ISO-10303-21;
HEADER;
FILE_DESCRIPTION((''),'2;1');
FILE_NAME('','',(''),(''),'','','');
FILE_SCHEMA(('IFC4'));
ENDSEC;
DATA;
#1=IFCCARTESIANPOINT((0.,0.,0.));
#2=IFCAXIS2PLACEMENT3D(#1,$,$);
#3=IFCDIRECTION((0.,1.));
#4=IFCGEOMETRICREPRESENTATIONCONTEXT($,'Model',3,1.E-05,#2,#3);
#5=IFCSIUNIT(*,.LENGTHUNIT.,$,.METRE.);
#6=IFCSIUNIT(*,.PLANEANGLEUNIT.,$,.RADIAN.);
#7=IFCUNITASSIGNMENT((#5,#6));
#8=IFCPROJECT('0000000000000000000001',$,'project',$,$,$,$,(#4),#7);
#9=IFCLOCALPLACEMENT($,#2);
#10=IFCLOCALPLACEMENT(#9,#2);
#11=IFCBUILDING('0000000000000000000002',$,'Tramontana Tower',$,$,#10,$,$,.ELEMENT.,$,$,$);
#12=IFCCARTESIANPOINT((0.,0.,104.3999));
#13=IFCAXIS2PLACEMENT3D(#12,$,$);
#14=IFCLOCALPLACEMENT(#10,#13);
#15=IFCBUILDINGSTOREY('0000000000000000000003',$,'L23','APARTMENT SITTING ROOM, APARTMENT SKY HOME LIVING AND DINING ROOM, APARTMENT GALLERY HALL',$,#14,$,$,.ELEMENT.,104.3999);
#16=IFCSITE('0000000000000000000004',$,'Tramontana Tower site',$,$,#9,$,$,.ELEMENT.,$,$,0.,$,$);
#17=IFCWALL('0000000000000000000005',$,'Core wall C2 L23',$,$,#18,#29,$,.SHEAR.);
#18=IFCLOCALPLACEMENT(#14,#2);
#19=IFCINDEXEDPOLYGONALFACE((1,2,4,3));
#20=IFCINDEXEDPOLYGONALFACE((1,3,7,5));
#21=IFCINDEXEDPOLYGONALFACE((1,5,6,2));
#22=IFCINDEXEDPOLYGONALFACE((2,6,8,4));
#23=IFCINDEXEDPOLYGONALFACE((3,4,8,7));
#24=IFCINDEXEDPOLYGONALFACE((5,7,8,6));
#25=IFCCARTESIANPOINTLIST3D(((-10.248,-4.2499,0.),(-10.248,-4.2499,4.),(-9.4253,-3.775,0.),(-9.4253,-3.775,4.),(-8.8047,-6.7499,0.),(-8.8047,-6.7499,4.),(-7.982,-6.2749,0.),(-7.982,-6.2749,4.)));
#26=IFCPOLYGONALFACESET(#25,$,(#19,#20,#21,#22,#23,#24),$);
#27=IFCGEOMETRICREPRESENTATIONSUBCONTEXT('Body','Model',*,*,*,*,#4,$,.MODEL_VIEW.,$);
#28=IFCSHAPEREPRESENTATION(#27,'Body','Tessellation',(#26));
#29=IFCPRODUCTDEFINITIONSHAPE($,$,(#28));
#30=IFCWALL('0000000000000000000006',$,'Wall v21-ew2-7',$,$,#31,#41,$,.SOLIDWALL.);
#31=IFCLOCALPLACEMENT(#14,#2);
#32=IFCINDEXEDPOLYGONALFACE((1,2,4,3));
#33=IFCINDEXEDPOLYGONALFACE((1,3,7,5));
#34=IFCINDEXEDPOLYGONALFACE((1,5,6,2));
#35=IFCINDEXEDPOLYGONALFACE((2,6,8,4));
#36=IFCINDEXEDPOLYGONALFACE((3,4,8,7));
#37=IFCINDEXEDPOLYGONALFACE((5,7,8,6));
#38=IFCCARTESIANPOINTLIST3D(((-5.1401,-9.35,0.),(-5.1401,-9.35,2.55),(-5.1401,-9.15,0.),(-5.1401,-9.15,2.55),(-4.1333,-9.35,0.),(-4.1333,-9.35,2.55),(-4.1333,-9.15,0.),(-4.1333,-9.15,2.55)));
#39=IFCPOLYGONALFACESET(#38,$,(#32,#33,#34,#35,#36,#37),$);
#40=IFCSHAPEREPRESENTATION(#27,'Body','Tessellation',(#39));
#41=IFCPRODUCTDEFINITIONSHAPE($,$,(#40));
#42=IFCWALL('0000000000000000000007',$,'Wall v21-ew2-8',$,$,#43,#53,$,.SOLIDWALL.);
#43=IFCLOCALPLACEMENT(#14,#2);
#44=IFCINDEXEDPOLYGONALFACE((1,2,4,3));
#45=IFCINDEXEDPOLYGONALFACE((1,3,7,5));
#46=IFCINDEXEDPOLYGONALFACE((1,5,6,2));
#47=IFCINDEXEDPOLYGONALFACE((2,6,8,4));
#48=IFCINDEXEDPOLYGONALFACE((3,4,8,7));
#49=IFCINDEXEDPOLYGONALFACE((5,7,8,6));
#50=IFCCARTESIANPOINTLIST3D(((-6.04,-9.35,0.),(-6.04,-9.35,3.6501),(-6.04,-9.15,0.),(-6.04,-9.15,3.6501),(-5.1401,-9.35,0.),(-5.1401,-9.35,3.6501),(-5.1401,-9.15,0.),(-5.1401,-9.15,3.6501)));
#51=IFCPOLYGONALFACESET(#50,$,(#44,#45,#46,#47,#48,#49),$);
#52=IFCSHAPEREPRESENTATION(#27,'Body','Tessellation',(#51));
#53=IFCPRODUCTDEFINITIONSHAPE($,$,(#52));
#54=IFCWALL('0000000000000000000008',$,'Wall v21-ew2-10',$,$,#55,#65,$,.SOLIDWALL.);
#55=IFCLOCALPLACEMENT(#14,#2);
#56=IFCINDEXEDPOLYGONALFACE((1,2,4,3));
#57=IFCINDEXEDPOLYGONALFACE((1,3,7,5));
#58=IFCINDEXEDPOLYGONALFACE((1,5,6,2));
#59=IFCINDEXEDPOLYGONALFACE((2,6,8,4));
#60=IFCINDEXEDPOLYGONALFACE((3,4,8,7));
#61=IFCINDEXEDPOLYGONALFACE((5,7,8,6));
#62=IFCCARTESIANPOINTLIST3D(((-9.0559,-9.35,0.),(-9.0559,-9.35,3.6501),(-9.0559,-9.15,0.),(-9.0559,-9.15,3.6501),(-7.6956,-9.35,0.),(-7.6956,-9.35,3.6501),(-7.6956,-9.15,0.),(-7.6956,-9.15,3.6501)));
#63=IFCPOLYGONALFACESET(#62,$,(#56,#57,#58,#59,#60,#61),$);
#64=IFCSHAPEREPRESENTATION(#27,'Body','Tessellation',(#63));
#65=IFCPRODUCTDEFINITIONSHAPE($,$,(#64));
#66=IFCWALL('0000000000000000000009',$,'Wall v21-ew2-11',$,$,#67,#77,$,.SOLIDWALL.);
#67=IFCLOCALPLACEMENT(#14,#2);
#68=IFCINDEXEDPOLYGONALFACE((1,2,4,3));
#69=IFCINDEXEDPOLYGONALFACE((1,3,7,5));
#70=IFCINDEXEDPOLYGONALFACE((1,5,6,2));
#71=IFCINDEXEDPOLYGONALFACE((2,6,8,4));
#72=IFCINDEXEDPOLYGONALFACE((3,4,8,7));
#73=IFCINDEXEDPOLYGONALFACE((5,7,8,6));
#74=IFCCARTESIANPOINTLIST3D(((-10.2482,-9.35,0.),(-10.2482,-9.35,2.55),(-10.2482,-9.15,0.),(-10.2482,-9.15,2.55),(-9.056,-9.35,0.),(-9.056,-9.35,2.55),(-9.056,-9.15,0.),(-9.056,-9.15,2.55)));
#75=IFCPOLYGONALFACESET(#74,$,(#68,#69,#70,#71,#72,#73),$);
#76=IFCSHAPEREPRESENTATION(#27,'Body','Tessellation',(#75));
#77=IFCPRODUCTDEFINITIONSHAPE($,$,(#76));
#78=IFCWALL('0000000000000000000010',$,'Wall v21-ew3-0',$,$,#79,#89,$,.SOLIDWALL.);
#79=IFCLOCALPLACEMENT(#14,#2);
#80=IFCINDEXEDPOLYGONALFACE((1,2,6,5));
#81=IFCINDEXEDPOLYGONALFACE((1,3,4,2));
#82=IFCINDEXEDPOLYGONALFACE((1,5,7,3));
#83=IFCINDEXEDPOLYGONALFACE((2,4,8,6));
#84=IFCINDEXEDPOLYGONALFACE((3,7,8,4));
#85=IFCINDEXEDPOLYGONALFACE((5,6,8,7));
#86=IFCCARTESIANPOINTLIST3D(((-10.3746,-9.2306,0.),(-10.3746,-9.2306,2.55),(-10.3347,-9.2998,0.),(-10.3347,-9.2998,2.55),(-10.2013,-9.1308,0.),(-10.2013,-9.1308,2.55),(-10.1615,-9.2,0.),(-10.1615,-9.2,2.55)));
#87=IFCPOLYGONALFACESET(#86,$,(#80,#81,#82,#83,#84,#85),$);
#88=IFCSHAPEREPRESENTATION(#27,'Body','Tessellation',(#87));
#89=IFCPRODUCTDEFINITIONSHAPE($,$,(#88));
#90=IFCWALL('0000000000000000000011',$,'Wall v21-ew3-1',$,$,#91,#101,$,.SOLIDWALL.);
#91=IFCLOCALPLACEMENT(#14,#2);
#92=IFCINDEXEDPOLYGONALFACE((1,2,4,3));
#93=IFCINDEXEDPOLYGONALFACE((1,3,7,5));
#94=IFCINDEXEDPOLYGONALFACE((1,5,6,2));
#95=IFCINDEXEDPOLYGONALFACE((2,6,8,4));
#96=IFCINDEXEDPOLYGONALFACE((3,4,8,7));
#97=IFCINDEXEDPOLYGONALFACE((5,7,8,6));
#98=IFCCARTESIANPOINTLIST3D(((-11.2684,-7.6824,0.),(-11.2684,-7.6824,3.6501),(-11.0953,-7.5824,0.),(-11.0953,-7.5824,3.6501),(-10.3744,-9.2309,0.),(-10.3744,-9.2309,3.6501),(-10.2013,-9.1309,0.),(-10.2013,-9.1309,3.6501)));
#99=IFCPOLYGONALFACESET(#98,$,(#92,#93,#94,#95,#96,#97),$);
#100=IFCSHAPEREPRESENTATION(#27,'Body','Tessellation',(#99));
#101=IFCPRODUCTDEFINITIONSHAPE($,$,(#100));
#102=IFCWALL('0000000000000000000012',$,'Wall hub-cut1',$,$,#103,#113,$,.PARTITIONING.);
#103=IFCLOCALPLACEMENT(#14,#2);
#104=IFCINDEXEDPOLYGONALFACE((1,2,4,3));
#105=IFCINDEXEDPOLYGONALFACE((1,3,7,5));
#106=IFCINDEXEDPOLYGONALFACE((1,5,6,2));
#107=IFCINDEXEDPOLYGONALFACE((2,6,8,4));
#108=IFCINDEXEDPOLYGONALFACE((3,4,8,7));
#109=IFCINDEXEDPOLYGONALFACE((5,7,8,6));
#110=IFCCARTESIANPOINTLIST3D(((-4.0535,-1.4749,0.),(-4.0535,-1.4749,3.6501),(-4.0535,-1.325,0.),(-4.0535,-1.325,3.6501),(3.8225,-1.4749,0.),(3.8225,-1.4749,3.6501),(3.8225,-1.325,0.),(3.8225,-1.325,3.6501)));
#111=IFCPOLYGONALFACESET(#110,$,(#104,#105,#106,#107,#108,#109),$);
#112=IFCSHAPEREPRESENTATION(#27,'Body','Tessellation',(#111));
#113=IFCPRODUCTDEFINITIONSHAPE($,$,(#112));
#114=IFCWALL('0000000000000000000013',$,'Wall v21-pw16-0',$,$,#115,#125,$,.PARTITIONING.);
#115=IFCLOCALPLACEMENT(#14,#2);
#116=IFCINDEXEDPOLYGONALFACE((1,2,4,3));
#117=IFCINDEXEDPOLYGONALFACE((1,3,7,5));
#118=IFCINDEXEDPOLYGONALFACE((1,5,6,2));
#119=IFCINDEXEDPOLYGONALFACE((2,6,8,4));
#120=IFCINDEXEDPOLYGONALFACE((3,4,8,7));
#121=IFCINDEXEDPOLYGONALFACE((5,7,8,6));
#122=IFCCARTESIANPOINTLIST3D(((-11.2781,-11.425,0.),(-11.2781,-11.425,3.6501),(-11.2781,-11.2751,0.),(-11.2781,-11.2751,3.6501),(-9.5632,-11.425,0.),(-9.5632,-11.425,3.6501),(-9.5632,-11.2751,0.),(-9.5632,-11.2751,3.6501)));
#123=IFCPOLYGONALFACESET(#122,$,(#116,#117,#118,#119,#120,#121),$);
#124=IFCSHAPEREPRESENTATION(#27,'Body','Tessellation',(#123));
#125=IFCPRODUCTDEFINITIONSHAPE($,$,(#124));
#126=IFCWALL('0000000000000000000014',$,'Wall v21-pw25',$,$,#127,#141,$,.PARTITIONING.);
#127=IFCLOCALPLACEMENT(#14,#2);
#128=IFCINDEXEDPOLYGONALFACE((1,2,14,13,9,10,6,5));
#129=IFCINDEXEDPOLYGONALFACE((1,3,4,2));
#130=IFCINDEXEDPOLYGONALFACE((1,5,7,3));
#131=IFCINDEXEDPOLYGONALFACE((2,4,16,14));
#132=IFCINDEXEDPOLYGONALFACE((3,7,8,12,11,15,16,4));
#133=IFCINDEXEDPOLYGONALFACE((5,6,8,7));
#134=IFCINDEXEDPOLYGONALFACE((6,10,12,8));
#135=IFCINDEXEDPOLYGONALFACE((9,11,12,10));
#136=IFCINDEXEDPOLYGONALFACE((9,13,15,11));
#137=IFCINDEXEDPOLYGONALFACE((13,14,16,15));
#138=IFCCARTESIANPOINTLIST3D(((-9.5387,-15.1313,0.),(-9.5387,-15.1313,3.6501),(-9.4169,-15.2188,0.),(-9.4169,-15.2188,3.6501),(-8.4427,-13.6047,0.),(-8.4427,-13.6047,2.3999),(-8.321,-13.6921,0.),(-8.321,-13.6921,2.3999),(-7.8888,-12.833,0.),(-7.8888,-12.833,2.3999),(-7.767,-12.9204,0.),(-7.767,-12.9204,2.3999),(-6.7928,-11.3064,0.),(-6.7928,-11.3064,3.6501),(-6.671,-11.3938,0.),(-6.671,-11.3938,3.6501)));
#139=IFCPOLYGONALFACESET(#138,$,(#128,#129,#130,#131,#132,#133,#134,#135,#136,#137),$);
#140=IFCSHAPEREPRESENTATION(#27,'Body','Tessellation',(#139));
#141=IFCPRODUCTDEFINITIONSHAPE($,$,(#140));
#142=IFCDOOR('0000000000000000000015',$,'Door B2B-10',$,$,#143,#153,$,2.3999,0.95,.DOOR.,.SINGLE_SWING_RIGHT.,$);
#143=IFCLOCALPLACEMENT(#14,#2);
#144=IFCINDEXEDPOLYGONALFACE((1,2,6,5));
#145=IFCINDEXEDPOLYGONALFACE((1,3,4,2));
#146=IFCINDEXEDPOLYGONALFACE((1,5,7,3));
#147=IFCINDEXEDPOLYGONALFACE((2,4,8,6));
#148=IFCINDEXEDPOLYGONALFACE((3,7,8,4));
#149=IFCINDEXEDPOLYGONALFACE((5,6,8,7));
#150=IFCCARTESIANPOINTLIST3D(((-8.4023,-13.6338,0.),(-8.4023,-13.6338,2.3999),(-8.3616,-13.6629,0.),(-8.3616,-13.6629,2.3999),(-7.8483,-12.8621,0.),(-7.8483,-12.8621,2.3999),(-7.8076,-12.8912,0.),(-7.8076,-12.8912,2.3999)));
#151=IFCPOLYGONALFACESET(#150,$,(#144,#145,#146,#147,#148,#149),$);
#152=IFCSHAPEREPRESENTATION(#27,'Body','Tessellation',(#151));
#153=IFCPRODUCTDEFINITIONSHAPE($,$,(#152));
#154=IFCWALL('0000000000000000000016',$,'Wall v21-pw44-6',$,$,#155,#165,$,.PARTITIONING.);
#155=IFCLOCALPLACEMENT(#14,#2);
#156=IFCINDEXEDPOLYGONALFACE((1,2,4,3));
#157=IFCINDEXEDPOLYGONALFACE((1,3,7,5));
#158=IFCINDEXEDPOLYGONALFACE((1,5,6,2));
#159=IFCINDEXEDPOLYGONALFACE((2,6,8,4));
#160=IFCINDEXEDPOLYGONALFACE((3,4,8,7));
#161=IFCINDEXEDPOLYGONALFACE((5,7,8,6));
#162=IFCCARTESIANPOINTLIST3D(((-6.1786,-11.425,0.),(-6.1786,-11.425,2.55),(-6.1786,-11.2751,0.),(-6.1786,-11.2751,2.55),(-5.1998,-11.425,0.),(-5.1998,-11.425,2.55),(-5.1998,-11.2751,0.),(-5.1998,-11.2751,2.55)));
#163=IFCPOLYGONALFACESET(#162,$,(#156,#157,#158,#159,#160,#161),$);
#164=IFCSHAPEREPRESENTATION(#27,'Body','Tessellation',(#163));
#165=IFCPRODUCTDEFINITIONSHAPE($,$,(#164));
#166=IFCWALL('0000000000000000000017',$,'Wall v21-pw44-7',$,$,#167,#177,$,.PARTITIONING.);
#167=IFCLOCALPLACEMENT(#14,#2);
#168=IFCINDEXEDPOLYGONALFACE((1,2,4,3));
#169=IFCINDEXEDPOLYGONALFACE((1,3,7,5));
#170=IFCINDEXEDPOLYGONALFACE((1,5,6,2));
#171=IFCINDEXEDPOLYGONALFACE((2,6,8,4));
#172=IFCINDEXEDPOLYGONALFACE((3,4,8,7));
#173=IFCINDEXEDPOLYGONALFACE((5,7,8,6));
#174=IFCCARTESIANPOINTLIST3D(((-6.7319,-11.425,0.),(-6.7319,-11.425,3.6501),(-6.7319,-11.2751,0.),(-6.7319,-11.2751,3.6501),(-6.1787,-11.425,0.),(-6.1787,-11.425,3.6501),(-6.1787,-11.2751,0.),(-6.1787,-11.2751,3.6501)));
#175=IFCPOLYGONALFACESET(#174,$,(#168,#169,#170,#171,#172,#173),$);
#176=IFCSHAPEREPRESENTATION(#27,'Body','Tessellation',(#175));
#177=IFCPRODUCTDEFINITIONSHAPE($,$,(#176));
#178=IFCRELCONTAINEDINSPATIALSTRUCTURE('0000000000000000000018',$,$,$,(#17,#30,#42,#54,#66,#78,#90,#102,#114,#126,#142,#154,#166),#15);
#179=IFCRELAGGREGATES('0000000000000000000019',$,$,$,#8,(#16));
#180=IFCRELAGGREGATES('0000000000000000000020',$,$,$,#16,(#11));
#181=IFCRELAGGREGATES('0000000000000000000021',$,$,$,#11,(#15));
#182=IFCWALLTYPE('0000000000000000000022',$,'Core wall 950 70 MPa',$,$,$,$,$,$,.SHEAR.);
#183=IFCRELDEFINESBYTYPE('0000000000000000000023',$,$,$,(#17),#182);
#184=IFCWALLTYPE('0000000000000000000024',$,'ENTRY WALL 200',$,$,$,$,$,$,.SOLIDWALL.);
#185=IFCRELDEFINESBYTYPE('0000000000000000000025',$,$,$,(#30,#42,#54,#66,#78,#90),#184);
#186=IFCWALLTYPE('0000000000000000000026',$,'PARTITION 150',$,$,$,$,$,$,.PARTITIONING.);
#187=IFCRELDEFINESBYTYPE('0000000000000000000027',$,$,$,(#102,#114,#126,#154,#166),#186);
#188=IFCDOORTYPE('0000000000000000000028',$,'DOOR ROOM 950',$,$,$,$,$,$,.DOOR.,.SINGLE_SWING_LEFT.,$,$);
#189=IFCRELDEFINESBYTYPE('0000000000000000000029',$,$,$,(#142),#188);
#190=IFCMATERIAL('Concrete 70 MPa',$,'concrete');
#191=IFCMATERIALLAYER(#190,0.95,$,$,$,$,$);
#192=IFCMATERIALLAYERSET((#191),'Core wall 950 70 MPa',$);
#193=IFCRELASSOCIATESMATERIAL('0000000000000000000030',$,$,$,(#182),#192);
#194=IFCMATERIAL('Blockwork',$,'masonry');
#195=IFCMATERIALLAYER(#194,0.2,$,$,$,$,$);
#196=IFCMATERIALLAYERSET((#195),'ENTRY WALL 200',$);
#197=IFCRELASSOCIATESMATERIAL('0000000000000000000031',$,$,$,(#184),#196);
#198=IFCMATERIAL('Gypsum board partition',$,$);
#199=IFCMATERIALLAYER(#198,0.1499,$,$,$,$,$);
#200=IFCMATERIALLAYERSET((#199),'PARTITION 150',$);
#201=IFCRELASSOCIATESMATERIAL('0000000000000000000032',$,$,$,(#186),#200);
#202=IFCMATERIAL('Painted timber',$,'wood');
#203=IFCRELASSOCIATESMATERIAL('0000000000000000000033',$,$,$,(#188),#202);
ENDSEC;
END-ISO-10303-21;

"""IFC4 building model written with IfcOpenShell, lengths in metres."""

from ifc_helpers import new_model, si_unit, direction, frame, frame_2d, origin, place, context, subcontext, project, spatial, rectangle, extrude, material, layer, layer_set, type_object, element, fill, save


model = new_model("IFC4")

# Units and contexts
model_context = context("Model", 3, precision=1e-05, world=origin(), true_north=direction((0.0, 1.0)))
body_context = subcontext(model_context, "Body", "Model", "MODEL_VIEW")
ifc_project = project(units=[si_unit("LENGTHUNIT", "METRE"), si_unit("PLANEANGLEUNIT", "RADIAN")], contexts=[model_context])

# Site, building, storey
site_placement = place(None, origin())
site = spatial("IfcSite", under=ifc_project, at=site_placement, Name="Tramontana Tower site", CompositionType="ELEMENT", RefElevation=0.0)
building_placement = place(site_placement, origin())
building = spatial("IfcBuilding", under=site, at=building_placement, Name="Tramontana Tower", CompositionType="ELEMENT")
storey_placement = place(building_placement, frame((0.0, 0.0, 104.3999)))
storey = spatial("IfcBuildingStorey", under=building, at=storey_placement, Name="L23", Description="APARTMENT SITTING ROOM, APARTMENT SKY HOME LIVING AND DINING ROOM, APARTMENT GALLERY HALL", CompositionType="ELEMENT", Elevation=104.3999)

# Wall
ifc_material_1 = material(Name="Concrete 70 MPa", Category="concrete")
ifc_layer_1 = layer(ifc_material_1, 0.95)
ifc_layer_set_1 = layer_set([ifc_layer_1], Name="Core wall 950 70 MPa")
wall_type_1 = type_object("IfcWallType", Name="Core wall 950 70 MPa", PredefinedType="SHEAR", material=ifc_layer_set_1)
wall_1_placement = place(storey_placement, frame((-9.8367, -4.0125, 0.0), z_axis=(0.0, 0.0, 1.0), x_axis=(0.499996, -0.866028, 0.0)))
element("IfcWall", 1, at=wall_1_placement, inside=storey, type_object=wall_type_1, Name="Core wall C2 L23", PredefinedType="SHEAR", context=body_context, shape_type="SweptSolid", body=[
    extrude(rectangle(XDim=2.8867, YDim=0.95, at=frame_2d((1.4434, 0.0))), origin(), (0.0, 0.0, 1.0), 4.0),
])

# Walls
ifc_material_2 = material(Name="Blockwork", Category="masonry")
ifc_layer_2 = layer(ifc_material_2, 0.2)
ifc_layer_set_2 = layer_set([ifc_layer_2], Name="ENTRY WALL 200")
wall_type_2 = type_object("IfcWallType", Name="ENTRY WALL 200", PredefinedType="SOLIDWALL", material=ifc_layer_set_2)
wall_2_placement = place(storey_placement, frame((-4.1333, -9.25, 0.0), z_axis=(0.0, 0.0, 1.0), x_axis=(-1.0, 0.0, 0.0)))
element("IfcWall", 2, at=wall_2_placement, inside=storey, type_object=wall_type_2, Name="Wall v21-ew2-7", PredefinedType="SOLIDWALL", context=body_context, shape_type="SweptSolid", body=[
    extrude(rectangle(XDim=1.0068, YDim=0.2, at=frame_2d((0.5034, 0.0))), origin(), (0.0, 0.0, 1.0), 2.55),
])
wall_3_placement = place(storey_placement, frame((-5.1401, -9.25, 0.0), z_axis=(0.0, 0.0, 1.0), x_axis=(-1.0, 0.0, 0.0)))
element("IfcWall", 3, at=wall_3_placement, inside=storey, type_object=wall_type_2, Name="Wall v21-ew2-8", PredefinedType="SOLIDWALL", context=body_context, shape_type="SweptSolid", body=[
    extrude(rectangle(XDim=0.8999, YDim=0.2, at=frame_2d((0.45, 0.0))), origin(), (0.0, 0.0, 1.0), 3.6501),
])

# Walls
wall_4_placement = place(storey_placement, frame((-7.6956, -9.25, 0.0), z_axis=(0.0, 0.0, 1.0), x_axis=(-1.0, 0.0, 0.0)))
element("IfcWall", 4, at=wall_4_placement, inside=storey, type_object=wall_type_2, Name="Wall v21-ew2-10", PredefinedType="SOLIDWALL", context=body_context, shape_type="SweptSolid", body=[
    extrude(rectangle(XDim=1.3604, YDim=0.2, at=frame_2d((0.6802, 0.0))), origin(), (0.0, 0.0, 1.0), 3.6501),
])
wall_5_placement = place(storey_placement, frame((-9.0559, -9.25, 0.0), z_axis=(0.0, 0.0, 1.0), x_axis=(-1.0, 0.0, 0.0)))
element("IfcWall", 5, at=wall_5_placement, inside=storey, type_object=wall_type_2, Name="Wall v21-ew2-11", PredefinedType="SOLIDWALL", context=body_context, shape_type="SweptSolid", body=[
    extrude(rectangle(XDim=1.1921, YDim=0.2, at=frame_2d((0.5962, 0.0))), origin(), (0.0, 0.0, 1.0), 2.55),
])
wall_6_placement = place(storey_placement, frame((-10.248, -9.25, 0.0), z_axis=(0.0, 0.0, 1.0), x_axis=(-0.499104, 0.866542, 0.0)))
element("IfcWall", 6, at=wall_6_placement, inside=storey, type_object=wall_type_2, Name="Wall v21-ew3-0", PredefinedType="SOLIDWALL", context=body_context, shape_type="SweptSolid", body=[
    extrude(rectangle(XDim=0.0798, YDim=0.2, at=frame_2d((0.04, 0.0))), origin(), (0.0, 0.0, 1.0), 2.55),
])
wall_7_placement = place(storey_placement, frame((-10.2878, -9.1809, 0.0), z_axis=(0.0, 0.0, 1.0), x_axis=(-0.499986, 0.866033, 0.0)))
element("IfcWall", 7, at=wall_7_placement, inside=storey, type_object=wall_type_2, Name="Wall v21-ew3-1", PredefinedType="SOLIDWALL", context=body_context, shape_type="SweptSolid", body=[
    extrude(rectangle(XDim=1.7881, YDim=0.2, at=frame_2d((0.894, 0.0))), origin(), (0.0, 0.0, 1.0), 3.6501),
])
ifc_material_3 = material(Name="Gypsum board partition")
ifc_layer_3 = layer(ifc_material_3, 0.1499)
ifc_layer_set_3 = layer_set([ifc_layer_3], Name="PARTITION 150")
wall_type_3 = type_object("IfcWallType", Name="PARTITION 150", PredefinedType="PARTITIONING", material=ifc_layer_set_3)
wall_8_placement = place(storey_placement, frame((-4.0535, -1.3999, 0.0), z_axis=(0.0, 0.0, 1.0), x_axis=(1.0, 0.0, 0.0)))
element("IfcWall", 8, at=wall_8_placement, inside=storey, type_object=wall_type_3, Name="Wall hub-cut1", PredefinedType="PARTITIONING", context=body_context, shape_type="SweptSolid", body=[
    extrude(rectangle(XDim=7.876, YDim=0.1499, at=frame_2d((3.938, 0.0))), origin(), (0.0, 0.0, 1.0), 3.6501),
])
wall_9_placement = place(storey_placement, frame((-9.5632, -11.3501, 0.0), z_axis=(0.0, 0.0, 1.0), x_axis=(-1.0, 0.0, 0.0)))
element("IfcWall", 9, at=wall_9_placement, inside=storey, type_object=wall_type_3, Name="Wall v21-pw16-0", PredefinedType="PARTITIONING", context=body_context, shape_type="SweptSolid", body=[
    extrude(rectangle(XDim=1.7148, YDim=0.1499, at=frame_2d((0.8574, 0.0))), origin(), (0.0, 0.0, 1.0), 3.6501),
])

# Wall, opening, door
wall_10_placement = place(storey_placement, frame((-6.7319, -11.3501, 0.0), z_axis=(0.0, 0.0, 1.0), x_axis=(-0.583169, -0.812351, 0.0)))
wall_10 = element("IfcWall", 10, at=wall_10_placement, inside=storey, type_object=wall_type_3, Name="Wall v21-pw25", PredefinedType="PARTITIONING", context=body_context, shape_type="SweptSolid", body=[
    extrude(rectangle(XDim=4.7085, YDim=0.1499, at=frame_2d((2.3542, 0.0))), origin(), (0.0, 0.0, 1.0), 3.6501),
])
opening_1_placement = place(wall_10_placement, frame((1.8792, 0.0, 0.0)))
opening_1 = element("IfcOpeningElement", 11, at=opening_1_placement, cuts=wall_10, PredefinedType="OPENING", context=body_context, shape_type="SweptSolid", body=[
    extrude(rectangle(XDim=0.95, YDim=2.3999, at=frame_2d((0.4751, 1.2))), frame((0.0, 0.085, 0.0), z_axis=(0.0, -1.0, 0.0), x_axis=(1.0, 0.0, 0.0)), (0.0, 0.0, 1.0), 0.1699),
])
ifc_material_4 = material(Name="Painted timber", Category="wood")
door_type_1 = type_object("IfcDoorType", Name="DOOR ROOM 950", OperationType="SINGLE_SWING_LEFT", PredefinedType="DOOR", material=ifc_material_4)
door_1_placement = place(opening_1_placement, origin())
door_1 = element("IfcDoor", 12, at=door_1_placement, inside=storey, type_object=door_type_1, Name="Door B2B-10", OperationType="SINGLE_SWING_RIGHT", OverallHeight=2.3999, OverallWidth=0.95, PredefinedType="DOOR", context=body_context, shape_type="SweptSolid", body=[
    extrude(rectangle(XDim=0.95, YDim=2.3999, at=frame_2d((0.4751, 1.2))), frame((0.0, 0.0249, 0.0), z_axis=(0.0, -1.0, 0.0), x_axis=(1.0, 0.0, 0.0)), (0.0, 0.0, 1.0), 0.05),
])
fill(opening_1, door_1)

# Walls
wall_11_placement = place(storey_placement, frame((-5.2, -11.3501, 0.0), z_axis=(0.0, 0.0, 1.0), x_axis=(-1.0, 0.0, 0.0)))
element("IfcWall", 13, at=wall_11_placement, inside=storey, type_object=wall_type_3, Name="Wall v21-pw44-6", PredefinedType="PARTITIONING", context=body_context, shape_type="SweptSolid", body=[
    extrude(rectangle(XDim=0.9788, YDim=0.1499, at=frame_2d((0.4893, 0.0))), origin(), (0.0, 0.0, 1.0), 2.55),
])
wall_12_placement = place(storey_placement, frame((-6.1787, -11.3501, 0.0), z_axis=(0.0, 0.0, 1.0), x_axis=(-1.0, 0.0, 0.0)))
element("IfcWall", 14, at=wall_12_placement, inside=storey, type_object=wall_type_3, Name="Wall v21-pw44-7", PredefinedType="PARTITIONING", context=body_context, shape_type="SweptSolid", body=[
    extrude(rectangle(XDim=0.5532, YDim=0.1499, at=frame_2d((0.2766, 0.0))), origin(), (0.0, 0.0, 1.0), 3.6501),
])

save(model, "model.ifc")
